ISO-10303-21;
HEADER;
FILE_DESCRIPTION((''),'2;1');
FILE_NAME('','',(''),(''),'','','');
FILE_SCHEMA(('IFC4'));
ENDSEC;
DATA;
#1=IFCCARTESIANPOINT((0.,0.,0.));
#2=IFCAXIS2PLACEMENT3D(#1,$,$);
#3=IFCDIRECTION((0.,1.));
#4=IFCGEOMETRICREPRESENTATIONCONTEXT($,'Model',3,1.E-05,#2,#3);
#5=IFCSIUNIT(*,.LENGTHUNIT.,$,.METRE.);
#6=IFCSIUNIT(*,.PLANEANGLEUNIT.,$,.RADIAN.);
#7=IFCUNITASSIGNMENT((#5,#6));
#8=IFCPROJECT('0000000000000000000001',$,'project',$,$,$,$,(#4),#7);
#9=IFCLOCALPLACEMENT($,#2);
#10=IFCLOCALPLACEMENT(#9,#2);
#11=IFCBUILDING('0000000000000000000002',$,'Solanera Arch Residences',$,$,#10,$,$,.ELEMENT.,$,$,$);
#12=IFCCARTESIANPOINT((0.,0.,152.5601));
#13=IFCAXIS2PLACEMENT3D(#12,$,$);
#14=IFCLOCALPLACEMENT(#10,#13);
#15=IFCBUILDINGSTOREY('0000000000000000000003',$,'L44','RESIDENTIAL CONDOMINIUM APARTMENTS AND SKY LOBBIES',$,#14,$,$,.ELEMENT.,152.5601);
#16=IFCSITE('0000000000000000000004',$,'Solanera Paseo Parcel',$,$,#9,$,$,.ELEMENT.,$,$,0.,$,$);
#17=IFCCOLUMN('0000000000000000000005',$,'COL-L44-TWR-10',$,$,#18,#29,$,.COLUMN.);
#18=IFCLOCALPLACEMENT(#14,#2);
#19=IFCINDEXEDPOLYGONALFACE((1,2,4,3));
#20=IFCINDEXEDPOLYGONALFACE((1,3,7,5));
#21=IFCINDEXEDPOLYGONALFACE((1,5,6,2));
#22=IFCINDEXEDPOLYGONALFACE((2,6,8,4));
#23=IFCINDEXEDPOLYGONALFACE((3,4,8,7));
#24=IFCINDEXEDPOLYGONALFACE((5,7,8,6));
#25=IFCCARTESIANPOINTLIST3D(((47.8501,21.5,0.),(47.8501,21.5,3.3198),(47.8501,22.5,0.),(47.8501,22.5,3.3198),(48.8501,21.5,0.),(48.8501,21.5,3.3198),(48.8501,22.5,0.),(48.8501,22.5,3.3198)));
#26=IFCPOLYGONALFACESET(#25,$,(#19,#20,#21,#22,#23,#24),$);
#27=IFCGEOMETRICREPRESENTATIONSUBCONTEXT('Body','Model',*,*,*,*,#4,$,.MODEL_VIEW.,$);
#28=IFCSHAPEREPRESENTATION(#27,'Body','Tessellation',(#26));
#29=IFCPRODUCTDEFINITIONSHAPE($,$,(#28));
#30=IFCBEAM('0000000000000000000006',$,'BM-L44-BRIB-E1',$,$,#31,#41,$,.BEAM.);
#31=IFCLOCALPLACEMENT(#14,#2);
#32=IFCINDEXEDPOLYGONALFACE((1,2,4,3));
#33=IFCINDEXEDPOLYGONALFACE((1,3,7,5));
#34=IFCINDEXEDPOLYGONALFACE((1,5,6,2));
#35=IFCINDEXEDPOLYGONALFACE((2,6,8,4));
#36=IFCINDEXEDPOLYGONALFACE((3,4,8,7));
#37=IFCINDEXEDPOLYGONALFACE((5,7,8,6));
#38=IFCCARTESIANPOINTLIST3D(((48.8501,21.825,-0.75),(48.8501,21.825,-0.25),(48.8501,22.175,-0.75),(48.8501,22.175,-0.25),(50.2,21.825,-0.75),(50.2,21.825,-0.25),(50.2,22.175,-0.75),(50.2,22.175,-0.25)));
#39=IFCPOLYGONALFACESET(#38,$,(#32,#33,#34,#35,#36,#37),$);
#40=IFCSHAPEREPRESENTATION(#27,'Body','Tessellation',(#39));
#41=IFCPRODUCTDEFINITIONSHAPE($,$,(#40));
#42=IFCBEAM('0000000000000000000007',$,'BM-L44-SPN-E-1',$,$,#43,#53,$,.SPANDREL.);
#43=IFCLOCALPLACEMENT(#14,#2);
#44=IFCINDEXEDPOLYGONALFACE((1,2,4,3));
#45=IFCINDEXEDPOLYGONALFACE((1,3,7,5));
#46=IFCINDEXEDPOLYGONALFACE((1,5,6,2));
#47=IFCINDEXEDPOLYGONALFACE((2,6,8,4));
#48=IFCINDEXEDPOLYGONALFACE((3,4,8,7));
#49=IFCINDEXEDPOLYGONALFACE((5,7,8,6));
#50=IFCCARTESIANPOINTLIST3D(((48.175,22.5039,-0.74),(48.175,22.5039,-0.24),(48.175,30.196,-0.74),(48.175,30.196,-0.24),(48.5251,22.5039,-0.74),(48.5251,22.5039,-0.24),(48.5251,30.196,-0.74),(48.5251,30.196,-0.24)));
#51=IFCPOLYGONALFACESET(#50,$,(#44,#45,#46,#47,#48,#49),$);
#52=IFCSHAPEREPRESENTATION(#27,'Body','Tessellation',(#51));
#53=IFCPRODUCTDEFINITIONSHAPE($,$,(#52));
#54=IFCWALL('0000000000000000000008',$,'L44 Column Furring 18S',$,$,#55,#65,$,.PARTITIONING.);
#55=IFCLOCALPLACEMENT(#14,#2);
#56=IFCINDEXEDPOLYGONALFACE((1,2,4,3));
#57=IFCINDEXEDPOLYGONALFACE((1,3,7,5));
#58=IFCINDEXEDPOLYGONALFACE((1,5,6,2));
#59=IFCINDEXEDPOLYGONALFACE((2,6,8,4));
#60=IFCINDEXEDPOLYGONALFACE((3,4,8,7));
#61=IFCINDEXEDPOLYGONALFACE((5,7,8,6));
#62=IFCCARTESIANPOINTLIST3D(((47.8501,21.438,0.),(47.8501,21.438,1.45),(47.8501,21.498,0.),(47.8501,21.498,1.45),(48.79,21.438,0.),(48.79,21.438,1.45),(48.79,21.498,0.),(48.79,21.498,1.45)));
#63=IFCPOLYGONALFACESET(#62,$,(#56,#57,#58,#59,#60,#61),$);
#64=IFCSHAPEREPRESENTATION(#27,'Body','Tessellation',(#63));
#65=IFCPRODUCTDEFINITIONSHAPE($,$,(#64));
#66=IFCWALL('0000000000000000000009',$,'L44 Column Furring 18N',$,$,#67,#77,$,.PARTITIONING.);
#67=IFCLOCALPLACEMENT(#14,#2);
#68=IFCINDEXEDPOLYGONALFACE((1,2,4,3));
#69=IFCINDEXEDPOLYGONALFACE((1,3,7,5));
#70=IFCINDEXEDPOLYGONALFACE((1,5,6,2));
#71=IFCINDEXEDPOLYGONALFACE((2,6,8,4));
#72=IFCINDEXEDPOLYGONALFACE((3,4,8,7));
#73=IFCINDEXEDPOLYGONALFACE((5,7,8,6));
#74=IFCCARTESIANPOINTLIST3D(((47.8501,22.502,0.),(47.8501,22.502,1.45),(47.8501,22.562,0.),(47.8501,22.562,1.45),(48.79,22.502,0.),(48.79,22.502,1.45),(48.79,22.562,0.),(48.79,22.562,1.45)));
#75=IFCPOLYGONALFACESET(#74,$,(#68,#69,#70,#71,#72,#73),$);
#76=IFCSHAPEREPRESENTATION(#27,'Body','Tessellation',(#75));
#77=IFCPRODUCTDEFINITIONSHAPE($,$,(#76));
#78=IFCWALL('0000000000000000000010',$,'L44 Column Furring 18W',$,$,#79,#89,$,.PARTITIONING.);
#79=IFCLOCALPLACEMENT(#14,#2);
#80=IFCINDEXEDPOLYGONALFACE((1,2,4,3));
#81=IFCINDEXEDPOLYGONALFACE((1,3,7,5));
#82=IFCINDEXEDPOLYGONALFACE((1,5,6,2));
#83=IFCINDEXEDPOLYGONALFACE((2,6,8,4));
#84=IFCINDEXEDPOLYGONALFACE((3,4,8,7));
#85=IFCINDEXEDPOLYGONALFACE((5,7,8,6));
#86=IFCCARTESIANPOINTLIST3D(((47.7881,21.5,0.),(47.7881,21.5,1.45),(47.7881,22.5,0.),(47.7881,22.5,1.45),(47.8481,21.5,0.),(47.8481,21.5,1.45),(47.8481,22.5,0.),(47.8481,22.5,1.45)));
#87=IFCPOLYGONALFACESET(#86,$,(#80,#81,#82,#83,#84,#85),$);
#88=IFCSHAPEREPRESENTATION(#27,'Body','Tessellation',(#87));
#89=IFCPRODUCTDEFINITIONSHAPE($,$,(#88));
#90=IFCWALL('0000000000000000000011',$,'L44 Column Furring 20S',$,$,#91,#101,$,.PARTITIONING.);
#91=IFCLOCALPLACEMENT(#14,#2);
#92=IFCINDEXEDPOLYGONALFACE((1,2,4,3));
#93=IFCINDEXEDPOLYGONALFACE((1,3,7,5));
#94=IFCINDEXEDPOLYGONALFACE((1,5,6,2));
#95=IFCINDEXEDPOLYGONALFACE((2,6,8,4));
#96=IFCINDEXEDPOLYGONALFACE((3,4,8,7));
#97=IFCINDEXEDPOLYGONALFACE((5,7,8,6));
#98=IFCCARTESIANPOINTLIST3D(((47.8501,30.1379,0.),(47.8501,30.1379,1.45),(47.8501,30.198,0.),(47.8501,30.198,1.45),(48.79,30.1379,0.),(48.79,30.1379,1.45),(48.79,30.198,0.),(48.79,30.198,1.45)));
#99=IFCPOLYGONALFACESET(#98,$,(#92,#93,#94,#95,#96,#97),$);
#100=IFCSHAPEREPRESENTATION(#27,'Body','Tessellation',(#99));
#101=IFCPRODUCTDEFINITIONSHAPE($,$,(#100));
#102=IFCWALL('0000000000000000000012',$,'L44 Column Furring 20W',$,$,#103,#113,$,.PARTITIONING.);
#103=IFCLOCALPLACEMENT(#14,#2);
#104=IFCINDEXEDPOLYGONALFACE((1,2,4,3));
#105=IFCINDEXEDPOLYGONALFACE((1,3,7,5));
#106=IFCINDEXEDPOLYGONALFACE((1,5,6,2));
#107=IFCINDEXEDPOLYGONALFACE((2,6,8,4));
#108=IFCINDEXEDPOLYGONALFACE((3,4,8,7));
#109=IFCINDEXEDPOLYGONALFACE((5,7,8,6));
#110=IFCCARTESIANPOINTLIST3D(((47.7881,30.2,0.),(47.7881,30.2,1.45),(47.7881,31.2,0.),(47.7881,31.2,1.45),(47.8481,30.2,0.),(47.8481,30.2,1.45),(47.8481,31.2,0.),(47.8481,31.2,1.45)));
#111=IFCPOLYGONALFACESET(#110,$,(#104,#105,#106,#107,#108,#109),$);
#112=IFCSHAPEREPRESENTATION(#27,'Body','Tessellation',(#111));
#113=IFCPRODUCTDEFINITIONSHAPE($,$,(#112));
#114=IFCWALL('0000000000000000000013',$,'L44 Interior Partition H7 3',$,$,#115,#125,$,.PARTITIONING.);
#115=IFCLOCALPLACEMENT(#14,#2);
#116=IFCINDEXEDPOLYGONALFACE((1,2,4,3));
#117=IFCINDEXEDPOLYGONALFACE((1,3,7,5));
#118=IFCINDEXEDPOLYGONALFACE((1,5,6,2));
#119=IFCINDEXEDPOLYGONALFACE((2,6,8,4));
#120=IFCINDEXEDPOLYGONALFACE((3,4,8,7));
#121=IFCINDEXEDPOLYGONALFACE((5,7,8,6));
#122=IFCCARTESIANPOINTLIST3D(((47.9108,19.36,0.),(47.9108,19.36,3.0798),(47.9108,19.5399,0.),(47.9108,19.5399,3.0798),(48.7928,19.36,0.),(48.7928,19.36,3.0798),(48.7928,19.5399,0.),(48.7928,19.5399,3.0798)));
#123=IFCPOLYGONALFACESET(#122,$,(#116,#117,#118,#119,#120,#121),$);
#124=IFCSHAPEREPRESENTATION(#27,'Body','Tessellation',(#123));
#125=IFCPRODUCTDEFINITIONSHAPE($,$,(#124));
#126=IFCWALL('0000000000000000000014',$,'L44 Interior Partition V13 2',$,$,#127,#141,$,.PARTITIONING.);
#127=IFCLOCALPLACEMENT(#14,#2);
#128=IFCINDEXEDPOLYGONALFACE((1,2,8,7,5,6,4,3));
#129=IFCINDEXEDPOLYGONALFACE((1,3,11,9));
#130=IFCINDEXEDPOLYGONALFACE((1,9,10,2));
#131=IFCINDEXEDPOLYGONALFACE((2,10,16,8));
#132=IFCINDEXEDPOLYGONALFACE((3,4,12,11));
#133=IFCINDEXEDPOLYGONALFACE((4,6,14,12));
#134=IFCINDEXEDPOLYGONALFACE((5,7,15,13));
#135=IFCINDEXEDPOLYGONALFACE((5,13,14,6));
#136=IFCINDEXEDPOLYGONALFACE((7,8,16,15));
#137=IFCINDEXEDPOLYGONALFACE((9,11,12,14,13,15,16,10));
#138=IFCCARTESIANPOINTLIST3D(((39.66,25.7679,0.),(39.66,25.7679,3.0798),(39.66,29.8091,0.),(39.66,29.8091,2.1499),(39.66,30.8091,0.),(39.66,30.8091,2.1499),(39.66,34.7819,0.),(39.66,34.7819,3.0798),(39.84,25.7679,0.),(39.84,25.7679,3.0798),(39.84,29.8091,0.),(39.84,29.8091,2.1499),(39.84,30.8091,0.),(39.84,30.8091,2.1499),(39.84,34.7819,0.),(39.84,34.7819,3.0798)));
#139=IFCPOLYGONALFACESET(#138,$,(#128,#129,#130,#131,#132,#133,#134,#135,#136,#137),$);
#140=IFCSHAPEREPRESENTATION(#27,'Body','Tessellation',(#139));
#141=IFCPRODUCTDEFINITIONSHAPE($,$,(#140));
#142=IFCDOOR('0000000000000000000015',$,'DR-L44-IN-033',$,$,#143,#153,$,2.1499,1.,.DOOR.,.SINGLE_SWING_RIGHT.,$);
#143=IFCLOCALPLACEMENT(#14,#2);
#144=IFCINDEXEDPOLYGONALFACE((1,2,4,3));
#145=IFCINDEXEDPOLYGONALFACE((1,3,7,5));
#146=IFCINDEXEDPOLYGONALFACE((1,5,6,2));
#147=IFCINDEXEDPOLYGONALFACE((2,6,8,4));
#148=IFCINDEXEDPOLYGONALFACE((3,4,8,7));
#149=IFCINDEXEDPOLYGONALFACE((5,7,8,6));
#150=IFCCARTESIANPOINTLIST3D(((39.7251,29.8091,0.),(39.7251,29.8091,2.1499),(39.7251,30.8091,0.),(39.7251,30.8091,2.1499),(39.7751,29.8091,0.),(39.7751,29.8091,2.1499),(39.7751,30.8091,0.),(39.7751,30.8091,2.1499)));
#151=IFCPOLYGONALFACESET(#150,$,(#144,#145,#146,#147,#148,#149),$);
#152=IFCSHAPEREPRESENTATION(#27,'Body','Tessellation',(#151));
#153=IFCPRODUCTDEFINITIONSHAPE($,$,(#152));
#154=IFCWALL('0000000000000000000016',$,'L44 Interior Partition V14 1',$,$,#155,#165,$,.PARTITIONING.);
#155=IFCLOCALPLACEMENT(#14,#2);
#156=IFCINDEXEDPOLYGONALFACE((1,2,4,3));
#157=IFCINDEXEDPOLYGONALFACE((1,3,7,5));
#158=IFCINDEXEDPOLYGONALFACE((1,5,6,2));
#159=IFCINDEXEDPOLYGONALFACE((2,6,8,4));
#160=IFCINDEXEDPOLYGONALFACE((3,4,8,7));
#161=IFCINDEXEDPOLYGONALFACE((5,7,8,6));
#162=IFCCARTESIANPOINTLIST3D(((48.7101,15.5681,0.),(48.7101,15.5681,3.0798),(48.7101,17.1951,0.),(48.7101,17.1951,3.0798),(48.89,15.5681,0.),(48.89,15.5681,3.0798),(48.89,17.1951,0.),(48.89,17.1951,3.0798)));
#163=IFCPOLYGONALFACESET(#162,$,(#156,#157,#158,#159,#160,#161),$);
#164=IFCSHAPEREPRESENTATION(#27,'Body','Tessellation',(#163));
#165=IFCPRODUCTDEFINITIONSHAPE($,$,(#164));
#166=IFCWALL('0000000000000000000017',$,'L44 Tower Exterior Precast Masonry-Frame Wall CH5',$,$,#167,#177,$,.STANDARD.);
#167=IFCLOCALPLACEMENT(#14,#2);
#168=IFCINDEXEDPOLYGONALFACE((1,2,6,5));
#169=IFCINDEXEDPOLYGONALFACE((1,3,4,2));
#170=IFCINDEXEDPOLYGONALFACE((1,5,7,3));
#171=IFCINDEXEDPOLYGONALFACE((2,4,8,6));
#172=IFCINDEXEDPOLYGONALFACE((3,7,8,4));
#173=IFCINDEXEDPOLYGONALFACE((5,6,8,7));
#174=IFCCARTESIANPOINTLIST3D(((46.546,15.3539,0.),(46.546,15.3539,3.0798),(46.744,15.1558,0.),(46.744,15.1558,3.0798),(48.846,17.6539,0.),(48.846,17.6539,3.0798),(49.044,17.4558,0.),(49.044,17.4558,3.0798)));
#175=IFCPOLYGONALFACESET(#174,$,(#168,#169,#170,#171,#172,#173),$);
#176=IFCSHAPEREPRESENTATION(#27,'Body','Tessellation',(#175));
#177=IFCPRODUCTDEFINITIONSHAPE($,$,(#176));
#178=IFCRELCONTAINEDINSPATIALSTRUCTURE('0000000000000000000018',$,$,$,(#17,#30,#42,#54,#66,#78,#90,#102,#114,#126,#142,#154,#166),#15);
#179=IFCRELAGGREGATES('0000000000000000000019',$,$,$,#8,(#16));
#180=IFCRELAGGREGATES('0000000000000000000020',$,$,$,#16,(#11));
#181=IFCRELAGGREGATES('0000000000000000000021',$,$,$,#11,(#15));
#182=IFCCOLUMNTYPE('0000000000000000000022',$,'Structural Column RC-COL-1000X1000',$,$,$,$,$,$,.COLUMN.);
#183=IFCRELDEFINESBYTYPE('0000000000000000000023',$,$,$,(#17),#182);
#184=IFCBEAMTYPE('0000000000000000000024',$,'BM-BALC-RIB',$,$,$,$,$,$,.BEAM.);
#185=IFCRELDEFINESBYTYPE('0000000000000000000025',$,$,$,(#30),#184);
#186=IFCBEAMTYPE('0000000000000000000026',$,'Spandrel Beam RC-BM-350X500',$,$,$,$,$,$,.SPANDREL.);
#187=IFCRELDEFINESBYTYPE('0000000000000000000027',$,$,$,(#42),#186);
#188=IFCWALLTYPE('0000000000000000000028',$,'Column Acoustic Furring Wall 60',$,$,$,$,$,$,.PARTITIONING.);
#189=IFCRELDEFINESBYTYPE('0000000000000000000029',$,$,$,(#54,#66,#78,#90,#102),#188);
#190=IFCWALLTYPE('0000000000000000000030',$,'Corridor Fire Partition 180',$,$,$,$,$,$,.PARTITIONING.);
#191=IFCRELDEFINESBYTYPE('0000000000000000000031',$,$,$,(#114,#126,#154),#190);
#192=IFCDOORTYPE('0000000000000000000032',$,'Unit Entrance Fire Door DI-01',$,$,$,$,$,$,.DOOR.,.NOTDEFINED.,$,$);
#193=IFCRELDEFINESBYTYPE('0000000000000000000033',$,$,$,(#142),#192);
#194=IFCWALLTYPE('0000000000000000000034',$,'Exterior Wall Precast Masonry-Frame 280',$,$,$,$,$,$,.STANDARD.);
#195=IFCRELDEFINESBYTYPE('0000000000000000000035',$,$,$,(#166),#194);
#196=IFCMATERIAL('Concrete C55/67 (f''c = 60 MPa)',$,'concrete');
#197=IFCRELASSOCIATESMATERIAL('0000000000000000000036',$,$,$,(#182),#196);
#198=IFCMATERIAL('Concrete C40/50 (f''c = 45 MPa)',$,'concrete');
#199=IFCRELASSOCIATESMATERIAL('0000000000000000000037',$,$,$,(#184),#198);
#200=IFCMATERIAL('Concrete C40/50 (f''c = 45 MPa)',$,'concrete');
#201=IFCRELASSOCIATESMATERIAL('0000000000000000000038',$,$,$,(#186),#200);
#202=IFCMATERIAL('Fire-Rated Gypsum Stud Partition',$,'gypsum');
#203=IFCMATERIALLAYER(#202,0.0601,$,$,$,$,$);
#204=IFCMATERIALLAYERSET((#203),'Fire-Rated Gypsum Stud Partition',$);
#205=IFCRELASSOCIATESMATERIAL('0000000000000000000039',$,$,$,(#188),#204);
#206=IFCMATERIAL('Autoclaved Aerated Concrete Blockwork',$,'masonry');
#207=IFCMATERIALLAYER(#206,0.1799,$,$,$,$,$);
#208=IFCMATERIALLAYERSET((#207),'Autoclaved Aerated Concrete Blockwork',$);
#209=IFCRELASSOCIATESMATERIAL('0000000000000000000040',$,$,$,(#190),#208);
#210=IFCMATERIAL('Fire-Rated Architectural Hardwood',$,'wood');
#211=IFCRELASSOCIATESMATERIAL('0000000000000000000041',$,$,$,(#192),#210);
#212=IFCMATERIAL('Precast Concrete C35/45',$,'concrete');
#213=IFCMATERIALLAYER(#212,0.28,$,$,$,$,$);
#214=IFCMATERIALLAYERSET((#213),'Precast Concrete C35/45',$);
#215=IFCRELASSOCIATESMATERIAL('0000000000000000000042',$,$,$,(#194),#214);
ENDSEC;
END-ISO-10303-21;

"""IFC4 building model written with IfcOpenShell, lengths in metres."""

from ifc_helpers import new_model, si_unit, direction, frame, frame_2d, origin, origin_2d, place, context, subcontext, project, spatial, rectangle, extrude, material, layer, layer_set, material_profile, profile_set, type_object, element, fill, save


model = new_model("IFC4")

# Units and contexts
model_context = context("Model", 3, precision=1e-05, world=origin(), true_north=direction((0.0, 1.0)))
body_context = subcontext(model_context, "Body", "Model", "MODEL_VIEW")
ifc_project = project(units=[si_unit("LENGTHUNIT", "METRE"), si_unit("PLANEANGLEUNIT", "RADIAN")], contexts=[model_context])

# Site, building, storey
site_placement = place(None, origin())
site = spatial("IfcSite", under=ifc_project, at=site_placement, Name="Solanera Paseo Parcel", CompositionType="ELEMENT", RefElevation=0.0)
building_placement = place(site_placement, origin())
building = spatial("IfcBuilding", under=site, at=building_placement, Name="Solanera Arch Residences", CompositionType="ELEMENT")
storey_placement = place(building_placement, frame((0.0, 0.0, 152.5601)))
storey = spatial("IfcBuildingStorey", under=building, at=storey_placement, Name="L44", Description="RESIDENTIAL CONDOMINIUM APARTMENTS AND SKY LOBBIES", CompositionType="ELEMENT", Elevation=152.5601)

# Column
ifc_material_1 = material(Name="Concrete C55/67 (f'c = 60 MPa)", Category="concrete")
ifc_material_profile_1 = material_profile(ifc_material_1, rectangle(XDim=1.0, YDim=1.0, at=origin_2d()))
ifc_profile_set_1 = profile_set([ifc_material_profile_1], Name="Concrete C55/67 (f'c = 60 MPa)")
column_type = type_object("IfcColumnType", Name="Structural Column RC-COL-1000X1000", PredefinedType="COLUMN", material=ifc_profile_set_1)
column_placement = place(storey_placement, frame((48.3501, 22.0, 0.0), z_axis=(0.0, 0.0, 1.0), x_axis=(1.0, 0.0, 0.0)))
element("IfcColumn", 1, at=column_placement, inside=storey, type_object=column_type, Name="COL-L44-TWR-10", PredefinedType="COLUMN", context=body_context, shape_type="SweptSolid", body=[
    extrude(rectangle(XDim=1.0, YDim=1.0, at=origin_2d()), origin(), (0.0, 0.0, 1.0), 3.3198),
])

# Beams
ifc_material_2 = material(Name="Concrete C40/50 (f'c = 45 MPa)", Category="concrete")
ifc_material_profile_2 = material_profile(ifc_material_2, rectangle(XDim=0.3501, YDim=0.5, at=origin_2d()))
ifc_profile_set_2 = profile_set([ifc_material_profile_2], Name="Concrete C40/50 (f'c = 45 MPa)")
beam_type_1 = type_object("IfcBeamType", Name="BM-BALC-RIB", PredefinedType="BEAM", material=ifc_profile_set_2)
beam_1_placement = place(storey_placement, frame((48.8501, 22.0, -0.5), z_axis=(1.0, 0.0, 0.0), x_axis=(0.0, 1.0, 0.0)))
element("IfcBeam", 2, at=beam_1_placement, inside=storey, type_object=beam_type_1, Name="BM-L44-BRIB-E1", PredefinedType="BEAM", context=body_context, shape_type="SweptSolid", body=[
    extrude(rectangle(XDim=0.3501, YDim=0.5, at=origin_2d()), origin(), (0.0, 0.0, 1.0), 1.3499),
])
ifc_material_3 = material(Name="Concrete C40/50 (f'c = 45 MPa)", Category="concrete")
ifc_material_profile_3 = material_profile(ifc_material_3, rectangle(XDim=0.3501, YDim=0.5, at=origin_2d()))
ifc_profile_set_3 = profile_set([ifc_material_profile_3], Name="Concrete C40/50 (f'c = 45 MPa)")
beam_type_2 = type_object("IfcBeamType", Name="Spandrel Beam RC-BM-350X500", PredefinedType="SPANDREL", material=ifc_profile_set_3)
beam_2_placement = place(storey_placement, frame((48.3501, 22.5039, -0.49), z_axis=(0.0, 1.0, 0.0), x_axis=(-1.0, 0.0, 0.0)))
element("IfcBeam", 3, at=beam_2_placement, inside=storey, type_object=beam_type_2, Name="BM-L44-SPN-E-1", PredefinedType="SPANDREL", context=body_context, shape_type="SweptSolid", body=[
    extrude(rectangle(XDim=0.3501, YDim=0.5, at=origin_2d()), origin(), (0.0, 0.0, 1.0), 7.6921),
])

# Walls
ifc_material_4 = material(Name="Fire-Rated Gypsum Stud Partition", Category="gypsum")
ifc_layer_1 = layer(ifc_material_4, 0.0601)
ifc_layer_set_1 = layer_set([ifc_layer_1], Name="Fire-Rated Gypsum Stud Partition")
wall_type_1 = type_object("IfcWallType", Name="Column Acoustic Furring Wall 60", PredefinedType="PARTITIONING", material=ifc_layer_set_1)
for number, where, z_axis, x_axis, name in (
    (4, (47.8501, 21.468, 0.0), (0.0, 0.0, 1.0), (1.0, 0.0, 0.0), "L44 Column Furring 18S"),
    (5, (47.8501, 22.532, 0.0), (0.0, 0.0, 1.0), (1.0, 0.0, 0.0), "L44 Column Furring 18N"),
):
    element("IfcWall", number, at=place(storey_placement, frame(where, z_axis=z_axis, x_axis=x_axis)), inside=storey, type_object=wall_type_1, Name=name, PredefinedType="PARTITIONING", context=body_context, shape_type="SweptSolid", body=[
        extrude(rectangle(XDim=0.9399, YDim=0.0601, at=frame_2d((0.47, 0.0))), origin(), (0.0, 0.0, 1.0), 1.45),
    ])
wall_1_placement = place(storey_placement, frame((47.8181, 21.5, 0.0), z_axis=(0.0, 0.0, 1.0), x_axis=(0.0, 1.0, 0.0)))
element("IfcWall", 6, at=wall_1_placement, inside=storey, type_object=wall_type_1, Name="L44 Column Furring 18W", PredefinedType="PARTITIONING", context=body_context, shape_type="SweptSolid", body=[
    extrude(rectangle(XDim=1.0, YDim=0.0601, at=frame_2d((0.5, 0.0))), origin(), (0.0, 0.0, 1.0), 1.45),
])
wall_2_placement = place(storey_placement, frame((47.8501, 30.168, 0.0), z_axis=(0.0, 0.0, 1.0), x_axis=(1.0, 0.0, 0.0)))
element("IfcWall", 7, at=wall_2_placement, inside=storey, type_object=wall_type_1, Name="L44 Column Furring 20S", PredefinedType="PARTITIONING", context=body_context, shape_type="SweptSolid", body=[
    extrude(rectangle(XDim=0.9399, YDim=0.0601, at=frame_2d((0.47, 0.0))), origin(), (0.0, 0.0, 1.0), 1.45),
])
wall_3_placement = place(storey_placement, frame((47.8181, 30.2, 0.0), z_axis=(0.0, 0.0, 1.0), x_axis=(0.0, 1.0, 0.0)))
element("IfcWall", 8, at=wall_3_placement, inside=storey, type_object=wall_type_1, Name="L44 Column Furring 20W", PredefinedType="PARTITIONING", context=body_context, shape_type="SweptSolid", body=[
    extrude(rectangle(XDim=1.0, YDim=0.0601, at=frame_2d((0.5, 0.0))), origin(), (0.0, 0.0, 1.0), 1.45),
])
ifc_material_5 = material(Name="Autoclaved Aerated Concrete Blockwork", Category="masonry")
ifc_layer_2 = layer(ifc_material_5, 0.1799)
ifc_layer_set_2 = layer_set([ifc_layer_2], Name="Autoclaved Aerated Concrete Blockwork")
wall_type_2 = type_object("IfcWallType", Name="Corridor Fire Partition 180", PredefinedType="PARTITIONING", material=ifc_layer_set_2)
wall_4_placement = place(storey_placement, frame((47.9109, 19.45, 0.0), z_axis=(0.0, 0.0, 1.0), x_axis=(1.0, 0.0, 0.0)))
element("IfcWall", 9, at=wall_4_placement, inside=storey, type_object=wall_type_2, Name="L44 Interior Partition H7 3", PredefinedType="PARTITIONING", context=body_context, shape_type="SweptSolid", body=[
    extrude(rectangle(XDim=0.8821, YDim=0.1799, at=frame_2d((0.4409, 0.0))), origin(), (0.0, 0.0, 1.0), 3.0798),
])

# Wall, opening, door
wall_5_placement = place(storey_placement, frame((39.75, 25.7681, 0.0), z_axis=(0.0, 0.0, 1.0), x_axis=(0.0, 1.0, 0.0)))
wall_5 = element("IfcWall", 10, at=wall_5_placement, inside=storey, type_object=wall_type_2, Name="L44 Interior Partition V13 2", PredefinedType="PARTITIONING", context=body_context, shape_type="SweptSolid", body=[
    extrude(rectangle(XDim=9.0139, YDim=0.1799, at=frame_2d((4.5068, 0.0))), origin(), (0.0, 0.0, 1.0), 3.0798),
])
opening_1_placement = place(wall_5_placement, frame((4.041, 0.0, 0.0)))
opening_1 = element("IfcOpeningElement", 11, at=opening_1_placement, cuts=wall_5, PredefinedType="OPENING", context=body_context, shape_type="SweptSolid", body=[
    extrude(rectangle(XDim=1.0, YDim=2.1499, at=frame_2d((0.5, 1.075))), frame((0.0, 0.1001, 0.0), z_axis=(0.0, -1.0, 0.0), x_axis=(1.0, 0.0, 0.0)), (0.0, 0.0, 1.0), 0.1999),
])
ifc_material_6 = material(Name="Fire-Rated Architectural Hardwood", Category="wood")
door_type_1 = type_object("IfcDoorType", Name="Unit Entrance Fire Door DI-01", OperationType="NOTDEFINED", PredefinedType="DOOR", material=ifc_material_6)
door_1_placement = place(opening_1_placement, origin())
door_1 = element("IfcDoor", 12, at=door_1_placement, inside=storey, type_object=door_type_1, Name="DR-L44-IN-033", OperationType="SINGLE_SWING_RIGHT", OverallHeight=2.1499, OverallWidth=1.0, PredefinedType="DOOR", context=body_context, shape_type="SweptSolid", body=[
    extrude(rectangle(XDim=1.0, YDim=2.1499, at=frame_2d((0.5, 1.075))), frame((0.0, 0.0249, 0.0), z_axis=(0.0, -1.0, 0.0), x_axis=(1.0, 0.0, 0.0)), (0.0, 0.0, 1.0), 0.05),
])
fill(opening_1, door_1)

# Walls
wall_6_placement = place(storey_placement, frame((48.8, 15.5681, 0.0), z_axis=(0.0, 0.0, 1.0), x_axis=(0.0, 1.0, 0.0)))
element("IfcWall", 13, at=wall_6_placement, inside=storey, type_object=wall_type_2, Name="L44 Interior Partition V14 1", PredefinedType="PARTITIONING", context=body_context, shape_type="SweptSolid", body=[
    extrude(rectangle(XDim=1.627, YDim=0.1799, at=frame_2d((0.8135, 0.0))), origin(), (0.0, 0.0, 1.0), 3.0798),
])
ifc_material_7 = material(Name="Precast Concrete C35/45", Category="concrete")
ifc_layer_3 = layer(ifc_material_7, 0.28)
ifc_layer_set_3 = layer_set([ifc_layer_3], Name="Precast Concrete C35/45")
wall_type_3 = type_object("IfcWallType", Name="Exterior Wall Precast Masonry-Frame 280", PredefinedType="STANDARD", material=ifc_layer_set_3)
wall_7_placement = place(storey_placement, frame((48.9451, 17.5549, 0.0), z_axis=(0.0, 0.0, 1.0), x_axis=(-0.707107, -0.707107, 0.0)))
element("IfcWall", 14, at=wall_7_placement, inside=storey, type_object=wall_type_3, Name="L44 Tower Exterior Precast Masonry-Frame Wall CH5", PredefinedType="STANDARD", context=body_context, shape_type="SweptSolid", body=[
    extrude(rectangle(XDim=3.2527, YDim=0.28, at=frame_2d((1.6265, 0.0))), origin(), (0.0, 0.0, 1.0), 3.0798),
])

save(model, "model.ifc")
